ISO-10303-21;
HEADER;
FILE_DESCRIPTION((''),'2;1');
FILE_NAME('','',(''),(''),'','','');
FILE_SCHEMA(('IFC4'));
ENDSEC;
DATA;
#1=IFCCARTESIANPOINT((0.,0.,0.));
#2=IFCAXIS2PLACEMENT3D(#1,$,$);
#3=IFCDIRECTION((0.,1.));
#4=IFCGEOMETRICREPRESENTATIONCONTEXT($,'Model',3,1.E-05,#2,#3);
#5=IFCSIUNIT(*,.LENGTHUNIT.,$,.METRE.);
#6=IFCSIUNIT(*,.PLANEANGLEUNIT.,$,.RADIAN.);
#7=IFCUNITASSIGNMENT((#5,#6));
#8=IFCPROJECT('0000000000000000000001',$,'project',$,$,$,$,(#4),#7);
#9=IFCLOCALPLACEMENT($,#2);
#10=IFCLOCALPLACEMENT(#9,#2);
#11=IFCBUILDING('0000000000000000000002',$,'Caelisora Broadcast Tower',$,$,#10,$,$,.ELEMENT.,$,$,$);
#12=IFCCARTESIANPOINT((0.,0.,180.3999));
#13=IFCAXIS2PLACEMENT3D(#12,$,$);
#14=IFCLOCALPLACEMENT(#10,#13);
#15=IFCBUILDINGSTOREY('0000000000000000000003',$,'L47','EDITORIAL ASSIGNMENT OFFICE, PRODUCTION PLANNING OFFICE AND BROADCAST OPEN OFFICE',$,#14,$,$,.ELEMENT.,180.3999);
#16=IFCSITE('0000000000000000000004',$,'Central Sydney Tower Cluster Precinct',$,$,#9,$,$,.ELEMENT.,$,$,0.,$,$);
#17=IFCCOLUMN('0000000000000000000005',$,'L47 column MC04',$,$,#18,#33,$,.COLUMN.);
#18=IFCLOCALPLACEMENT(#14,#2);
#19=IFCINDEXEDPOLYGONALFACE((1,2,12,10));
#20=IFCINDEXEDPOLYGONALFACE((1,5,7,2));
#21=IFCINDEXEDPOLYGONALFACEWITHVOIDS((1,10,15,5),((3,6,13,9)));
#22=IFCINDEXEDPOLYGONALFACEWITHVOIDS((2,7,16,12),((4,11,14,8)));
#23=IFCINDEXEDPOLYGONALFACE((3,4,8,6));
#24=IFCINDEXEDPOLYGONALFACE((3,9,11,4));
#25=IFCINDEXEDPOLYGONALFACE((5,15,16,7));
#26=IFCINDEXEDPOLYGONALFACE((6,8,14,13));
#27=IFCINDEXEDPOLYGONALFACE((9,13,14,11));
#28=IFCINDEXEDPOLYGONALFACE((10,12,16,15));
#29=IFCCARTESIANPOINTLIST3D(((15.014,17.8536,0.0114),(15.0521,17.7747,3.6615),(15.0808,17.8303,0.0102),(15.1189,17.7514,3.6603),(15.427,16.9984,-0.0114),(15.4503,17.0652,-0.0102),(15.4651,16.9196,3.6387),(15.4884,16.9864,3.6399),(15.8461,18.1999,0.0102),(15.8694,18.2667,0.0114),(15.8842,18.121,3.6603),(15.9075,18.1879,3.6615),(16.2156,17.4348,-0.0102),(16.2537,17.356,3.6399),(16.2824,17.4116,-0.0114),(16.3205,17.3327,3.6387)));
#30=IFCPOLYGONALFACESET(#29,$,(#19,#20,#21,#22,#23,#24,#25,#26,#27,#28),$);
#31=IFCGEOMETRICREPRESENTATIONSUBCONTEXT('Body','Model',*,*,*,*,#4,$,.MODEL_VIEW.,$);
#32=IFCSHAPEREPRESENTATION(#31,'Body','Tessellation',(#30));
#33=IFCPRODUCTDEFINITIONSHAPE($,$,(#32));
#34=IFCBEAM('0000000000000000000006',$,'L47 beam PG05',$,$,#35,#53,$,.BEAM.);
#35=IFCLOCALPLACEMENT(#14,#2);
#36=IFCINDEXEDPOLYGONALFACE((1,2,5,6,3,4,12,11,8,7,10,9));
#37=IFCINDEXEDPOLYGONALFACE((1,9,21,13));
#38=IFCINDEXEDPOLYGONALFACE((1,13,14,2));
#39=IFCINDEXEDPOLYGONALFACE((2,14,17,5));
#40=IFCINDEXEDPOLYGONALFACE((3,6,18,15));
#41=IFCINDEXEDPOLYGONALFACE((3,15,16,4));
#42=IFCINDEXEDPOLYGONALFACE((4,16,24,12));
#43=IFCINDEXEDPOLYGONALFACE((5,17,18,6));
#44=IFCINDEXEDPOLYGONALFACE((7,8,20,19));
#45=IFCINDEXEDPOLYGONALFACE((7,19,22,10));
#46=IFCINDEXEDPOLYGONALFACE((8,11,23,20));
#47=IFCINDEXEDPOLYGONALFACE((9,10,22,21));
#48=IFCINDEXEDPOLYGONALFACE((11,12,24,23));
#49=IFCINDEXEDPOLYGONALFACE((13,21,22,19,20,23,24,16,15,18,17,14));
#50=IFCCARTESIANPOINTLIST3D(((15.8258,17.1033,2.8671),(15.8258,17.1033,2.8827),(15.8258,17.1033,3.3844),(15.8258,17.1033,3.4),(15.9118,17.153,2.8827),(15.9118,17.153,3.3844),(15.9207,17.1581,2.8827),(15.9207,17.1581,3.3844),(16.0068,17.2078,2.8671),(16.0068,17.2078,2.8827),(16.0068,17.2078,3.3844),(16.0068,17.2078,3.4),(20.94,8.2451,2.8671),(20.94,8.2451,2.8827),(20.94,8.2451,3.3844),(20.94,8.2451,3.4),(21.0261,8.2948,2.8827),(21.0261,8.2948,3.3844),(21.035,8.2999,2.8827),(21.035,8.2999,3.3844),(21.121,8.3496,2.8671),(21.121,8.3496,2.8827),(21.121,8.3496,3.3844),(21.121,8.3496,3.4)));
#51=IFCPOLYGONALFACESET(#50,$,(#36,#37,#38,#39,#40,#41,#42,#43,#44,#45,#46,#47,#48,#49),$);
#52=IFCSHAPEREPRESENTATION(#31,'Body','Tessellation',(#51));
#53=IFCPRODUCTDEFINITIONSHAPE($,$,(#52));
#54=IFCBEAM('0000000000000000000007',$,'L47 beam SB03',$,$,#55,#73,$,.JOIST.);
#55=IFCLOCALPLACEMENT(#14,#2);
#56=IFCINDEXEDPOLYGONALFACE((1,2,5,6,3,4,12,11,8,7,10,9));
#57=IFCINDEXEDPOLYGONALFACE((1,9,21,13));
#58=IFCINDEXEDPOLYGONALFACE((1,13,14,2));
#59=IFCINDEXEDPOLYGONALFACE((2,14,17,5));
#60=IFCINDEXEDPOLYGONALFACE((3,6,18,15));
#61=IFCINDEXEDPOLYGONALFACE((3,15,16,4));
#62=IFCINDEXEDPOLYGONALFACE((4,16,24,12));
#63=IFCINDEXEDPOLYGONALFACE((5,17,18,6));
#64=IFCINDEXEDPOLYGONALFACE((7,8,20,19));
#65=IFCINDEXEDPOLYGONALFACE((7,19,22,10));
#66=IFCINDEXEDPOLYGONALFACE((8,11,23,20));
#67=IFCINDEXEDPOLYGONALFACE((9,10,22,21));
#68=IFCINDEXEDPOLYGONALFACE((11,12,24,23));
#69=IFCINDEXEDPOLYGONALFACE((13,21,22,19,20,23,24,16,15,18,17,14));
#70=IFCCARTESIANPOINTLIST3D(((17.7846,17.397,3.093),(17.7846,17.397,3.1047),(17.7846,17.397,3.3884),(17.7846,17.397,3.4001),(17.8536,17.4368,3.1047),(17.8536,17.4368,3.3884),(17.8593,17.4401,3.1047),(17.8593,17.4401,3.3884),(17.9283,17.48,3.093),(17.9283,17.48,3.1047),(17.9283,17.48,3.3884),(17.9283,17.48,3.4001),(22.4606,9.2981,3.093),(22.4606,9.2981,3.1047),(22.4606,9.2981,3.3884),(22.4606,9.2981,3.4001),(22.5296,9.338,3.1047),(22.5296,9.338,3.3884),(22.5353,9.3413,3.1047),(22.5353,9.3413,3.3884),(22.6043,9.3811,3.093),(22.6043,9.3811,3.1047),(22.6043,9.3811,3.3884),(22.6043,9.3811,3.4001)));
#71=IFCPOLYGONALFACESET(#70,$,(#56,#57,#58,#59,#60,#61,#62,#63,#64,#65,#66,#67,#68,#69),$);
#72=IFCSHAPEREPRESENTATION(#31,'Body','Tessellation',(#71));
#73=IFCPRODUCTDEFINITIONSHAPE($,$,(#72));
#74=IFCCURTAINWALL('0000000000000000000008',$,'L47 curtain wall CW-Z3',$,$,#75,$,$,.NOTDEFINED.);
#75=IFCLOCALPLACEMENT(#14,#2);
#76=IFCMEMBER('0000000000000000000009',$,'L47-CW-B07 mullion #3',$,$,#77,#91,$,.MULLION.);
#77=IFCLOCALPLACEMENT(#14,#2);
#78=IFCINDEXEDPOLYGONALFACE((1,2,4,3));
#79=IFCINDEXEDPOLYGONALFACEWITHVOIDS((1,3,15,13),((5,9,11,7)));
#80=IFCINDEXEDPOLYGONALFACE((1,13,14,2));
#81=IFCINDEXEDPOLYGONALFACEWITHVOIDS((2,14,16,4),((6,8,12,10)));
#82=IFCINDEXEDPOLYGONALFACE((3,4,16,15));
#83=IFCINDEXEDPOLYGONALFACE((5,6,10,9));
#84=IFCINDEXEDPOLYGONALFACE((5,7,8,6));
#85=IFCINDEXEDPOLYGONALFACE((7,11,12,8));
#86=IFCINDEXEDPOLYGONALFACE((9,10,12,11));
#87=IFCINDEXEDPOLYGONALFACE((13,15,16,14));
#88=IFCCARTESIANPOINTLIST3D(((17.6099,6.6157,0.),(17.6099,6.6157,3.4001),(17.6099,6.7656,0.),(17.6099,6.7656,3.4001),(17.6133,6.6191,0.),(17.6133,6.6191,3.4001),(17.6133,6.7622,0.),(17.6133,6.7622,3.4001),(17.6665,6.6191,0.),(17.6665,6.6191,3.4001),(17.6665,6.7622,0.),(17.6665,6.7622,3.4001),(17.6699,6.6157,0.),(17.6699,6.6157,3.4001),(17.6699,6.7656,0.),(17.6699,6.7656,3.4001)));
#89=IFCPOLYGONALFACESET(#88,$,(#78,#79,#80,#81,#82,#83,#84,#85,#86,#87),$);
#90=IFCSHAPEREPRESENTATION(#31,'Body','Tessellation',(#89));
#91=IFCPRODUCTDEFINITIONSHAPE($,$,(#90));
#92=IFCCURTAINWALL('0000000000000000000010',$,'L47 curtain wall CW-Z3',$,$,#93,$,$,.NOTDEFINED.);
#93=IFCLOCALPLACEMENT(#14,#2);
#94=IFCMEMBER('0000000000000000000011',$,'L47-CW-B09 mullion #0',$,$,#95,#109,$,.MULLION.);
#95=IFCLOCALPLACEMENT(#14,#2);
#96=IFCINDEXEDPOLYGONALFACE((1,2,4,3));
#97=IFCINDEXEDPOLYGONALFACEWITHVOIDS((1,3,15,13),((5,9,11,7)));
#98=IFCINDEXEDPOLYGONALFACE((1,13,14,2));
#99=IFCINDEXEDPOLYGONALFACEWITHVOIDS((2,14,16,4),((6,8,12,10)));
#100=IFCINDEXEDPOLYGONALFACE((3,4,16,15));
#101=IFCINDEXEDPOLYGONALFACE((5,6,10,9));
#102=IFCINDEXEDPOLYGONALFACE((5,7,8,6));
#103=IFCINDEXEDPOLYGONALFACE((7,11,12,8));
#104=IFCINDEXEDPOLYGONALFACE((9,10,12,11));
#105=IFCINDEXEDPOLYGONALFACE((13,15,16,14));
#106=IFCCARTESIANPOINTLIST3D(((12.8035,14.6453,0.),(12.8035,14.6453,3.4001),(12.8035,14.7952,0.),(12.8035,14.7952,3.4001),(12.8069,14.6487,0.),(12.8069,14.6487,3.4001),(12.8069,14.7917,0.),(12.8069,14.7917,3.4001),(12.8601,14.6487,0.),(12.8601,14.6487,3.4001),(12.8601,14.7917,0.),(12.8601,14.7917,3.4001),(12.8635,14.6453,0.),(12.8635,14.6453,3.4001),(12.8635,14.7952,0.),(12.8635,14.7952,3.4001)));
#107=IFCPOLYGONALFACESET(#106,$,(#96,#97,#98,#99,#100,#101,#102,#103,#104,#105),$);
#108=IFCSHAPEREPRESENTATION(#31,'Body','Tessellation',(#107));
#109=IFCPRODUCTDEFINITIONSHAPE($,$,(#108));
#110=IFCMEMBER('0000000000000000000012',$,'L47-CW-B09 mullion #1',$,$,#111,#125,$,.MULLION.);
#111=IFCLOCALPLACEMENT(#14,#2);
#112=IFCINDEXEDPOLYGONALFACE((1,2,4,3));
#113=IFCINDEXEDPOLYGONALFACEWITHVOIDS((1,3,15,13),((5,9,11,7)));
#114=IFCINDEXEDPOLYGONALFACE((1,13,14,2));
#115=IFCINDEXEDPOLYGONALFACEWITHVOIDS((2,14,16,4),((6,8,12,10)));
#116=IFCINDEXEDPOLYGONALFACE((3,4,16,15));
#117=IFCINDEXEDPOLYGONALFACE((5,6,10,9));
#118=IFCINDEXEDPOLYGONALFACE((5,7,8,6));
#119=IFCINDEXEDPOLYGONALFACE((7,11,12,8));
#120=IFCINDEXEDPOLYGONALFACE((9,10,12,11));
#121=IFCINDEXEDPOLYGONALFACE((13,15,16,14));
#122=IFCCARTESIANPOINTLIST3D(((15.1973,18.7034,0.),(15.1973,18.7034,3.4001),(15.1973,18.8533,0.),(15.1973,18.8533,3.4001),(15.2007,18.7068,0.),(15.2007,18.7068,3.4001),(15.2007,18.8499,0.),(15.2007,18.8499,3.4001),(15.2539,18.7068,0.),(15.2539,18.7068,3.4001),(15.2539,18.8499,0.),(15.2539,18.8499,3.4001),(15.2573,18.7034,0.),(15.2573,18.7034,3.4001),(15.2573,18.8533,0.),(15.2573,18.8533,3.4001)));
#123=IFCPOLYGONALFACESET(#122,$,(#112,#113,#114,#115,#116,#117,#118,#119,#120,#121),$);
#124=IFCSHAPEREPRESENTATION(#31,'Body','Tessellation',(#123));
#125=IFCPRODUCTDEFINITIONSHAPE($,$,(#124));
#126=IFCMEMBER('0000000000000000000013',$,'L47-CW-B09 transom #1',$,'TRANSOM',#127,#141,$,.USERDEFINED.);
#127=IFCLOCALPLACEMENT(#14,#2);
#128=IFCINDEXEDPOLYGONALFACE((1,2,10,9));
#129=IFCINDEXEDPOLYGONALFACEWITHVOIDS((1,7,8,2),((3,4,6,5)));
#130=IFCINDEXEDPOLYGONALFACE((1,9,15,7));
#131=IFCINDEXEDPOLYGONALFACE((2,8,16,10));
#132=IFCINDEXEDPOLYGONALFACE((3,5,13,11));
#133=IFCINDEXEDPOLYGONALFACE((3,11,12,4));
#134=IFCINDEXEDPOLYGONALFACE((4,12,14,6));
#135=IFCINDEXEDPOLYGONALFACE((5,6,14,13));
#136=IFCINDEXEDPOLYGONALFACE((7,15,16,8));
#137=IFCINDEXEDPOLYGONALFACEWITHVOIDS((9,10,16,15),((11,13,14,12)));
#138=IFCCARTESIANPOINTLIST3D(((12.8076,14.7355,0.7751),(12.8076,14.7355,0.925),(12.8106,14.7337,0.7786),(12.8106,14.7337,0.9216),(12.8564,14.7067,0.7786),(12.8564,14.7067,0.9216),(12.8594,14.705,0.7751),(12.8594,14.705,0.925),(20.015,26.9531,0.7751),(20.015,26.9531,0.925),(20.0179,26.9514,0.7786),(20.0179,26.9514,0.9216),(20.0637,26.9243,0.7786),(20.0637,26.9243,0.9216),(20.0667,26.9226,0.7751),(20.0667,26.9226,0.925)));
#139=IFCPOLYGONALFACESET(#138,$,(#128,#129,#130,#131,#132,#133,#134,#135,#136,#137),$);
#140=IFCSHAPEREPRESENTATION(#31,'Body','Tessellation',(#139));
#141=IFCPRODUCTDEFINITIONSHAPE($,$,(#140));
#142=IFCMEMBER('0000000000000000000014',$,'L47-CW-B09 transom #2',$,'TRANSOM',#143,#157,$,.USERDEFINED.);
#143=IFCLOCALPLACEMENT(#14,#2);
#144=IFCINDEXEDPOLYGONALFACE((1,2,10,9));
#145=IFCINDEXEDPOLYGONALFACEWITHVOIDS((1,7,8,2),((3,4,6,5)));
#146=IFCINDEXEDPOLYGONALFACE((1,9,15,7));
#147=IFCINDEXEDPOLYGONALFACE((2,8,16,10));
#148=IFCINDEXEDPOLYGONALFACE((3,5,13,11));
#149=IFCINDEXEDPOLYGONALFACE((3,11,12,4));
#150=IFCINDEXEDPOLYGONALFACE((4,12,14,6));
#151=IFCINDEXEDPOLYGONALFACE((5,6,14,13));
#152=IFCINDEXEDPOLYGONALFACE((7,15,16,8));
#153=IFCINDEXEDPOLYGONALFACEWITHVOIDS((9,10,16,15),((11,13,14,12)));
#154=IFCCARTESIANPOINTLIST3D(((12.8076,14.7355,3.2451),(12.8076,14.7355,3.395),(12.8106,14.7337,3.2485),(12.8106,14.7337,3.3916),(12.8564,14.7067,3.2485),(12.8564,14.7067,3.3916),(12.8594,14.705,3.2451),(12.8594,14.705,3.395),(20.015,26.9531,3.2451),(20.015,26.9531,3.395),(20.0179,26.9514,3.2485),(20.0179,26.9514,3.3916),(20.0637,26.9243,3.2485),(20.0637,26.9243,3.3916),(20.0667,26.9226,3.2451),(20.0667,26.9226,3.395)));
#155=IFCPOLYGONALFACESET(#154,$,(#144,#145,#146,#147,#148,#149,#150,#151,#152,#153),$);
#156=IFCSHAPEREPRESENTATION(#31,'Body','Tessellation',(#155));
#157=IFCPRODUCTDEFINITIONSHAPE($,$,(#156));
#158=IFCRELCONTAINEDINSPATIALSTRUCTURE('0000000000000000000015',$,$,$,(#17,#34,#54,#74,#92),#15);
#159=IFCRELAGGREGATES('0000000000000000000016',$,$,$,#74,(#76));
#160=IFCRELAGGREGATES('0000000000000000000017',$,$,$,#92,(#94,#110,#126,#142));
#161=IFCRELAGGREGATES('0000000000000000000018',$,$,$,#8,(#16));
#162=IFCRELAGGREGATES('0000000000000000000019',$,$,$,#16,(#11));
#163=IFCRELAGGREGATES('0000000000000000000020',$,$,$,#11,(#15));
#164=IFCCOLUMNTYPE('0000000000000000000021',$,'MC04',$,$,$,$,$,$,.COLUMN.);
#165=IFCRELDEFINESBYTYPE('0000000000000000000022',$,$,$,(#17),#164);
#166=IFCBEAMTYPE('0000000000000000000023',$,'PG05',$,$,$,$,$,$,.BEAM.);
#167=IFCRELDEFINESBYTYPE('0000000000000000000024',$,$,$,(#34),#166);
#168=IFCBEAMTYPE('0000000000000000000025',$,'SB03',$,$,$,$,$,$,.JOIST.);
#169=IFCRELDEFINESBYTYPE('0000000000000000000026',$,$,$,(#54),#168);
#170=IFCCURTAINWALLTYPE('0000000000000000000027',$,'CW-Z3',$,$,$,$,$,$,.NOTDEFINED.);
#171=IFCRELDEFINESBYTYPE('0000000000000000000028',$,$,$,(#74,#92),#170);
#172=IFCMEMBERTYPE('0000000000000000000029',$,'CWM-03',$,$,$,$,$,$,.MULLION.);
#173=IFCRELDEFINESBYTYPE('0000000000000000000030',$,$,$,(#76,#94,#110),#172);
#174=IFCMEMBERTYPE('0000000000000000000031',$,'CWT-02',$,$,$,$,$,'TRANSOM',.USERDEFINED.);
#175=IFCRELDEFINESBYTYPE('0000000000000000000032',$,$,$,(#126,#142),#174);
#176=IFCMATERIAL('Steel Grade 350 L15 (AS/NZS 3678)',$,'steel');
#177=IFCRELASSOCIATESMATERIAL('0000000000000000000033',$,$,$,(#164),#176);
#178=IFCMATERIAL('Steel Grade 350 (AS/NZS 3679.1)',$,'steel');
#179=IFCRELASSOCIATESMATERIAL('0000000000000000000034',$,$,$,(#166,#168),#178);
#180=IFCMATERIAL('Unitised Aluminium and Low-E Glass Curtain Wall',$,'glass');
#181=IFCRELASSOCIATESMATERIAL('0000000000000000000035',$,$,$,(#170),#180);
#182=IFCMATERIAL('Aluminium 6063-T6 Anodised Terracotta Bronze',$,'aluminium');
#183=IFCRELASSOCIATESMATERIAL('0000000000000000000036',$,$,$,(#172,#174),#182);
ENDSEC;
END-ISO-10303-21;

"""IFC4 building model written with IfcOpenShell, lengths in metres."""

from ifc_helpers import new_model, si_unit, direction, frame, origin, origin_2d, place, context, subcontext, project, spatial, hollow_rectangle, i_section, extrude, source, transform, mapped, material, material_profile, profile_set, type_object, type_shapes, element, aggregate, save


model = new_model("IFC4")

# Units and contexts
model_context = context("Model", 3, precision=1e-05, world=origin(), true_north=direction((0.0, 1.0)))
body_context = subcontext(model_context, "Body", "Model", "MODEL_VIEW")
ifc_project = project(units=[si_unit("LENGTHUNIT", "METRE"), si_unit("PLANEANGLEUNIT", "RADIAN")], contexts=[model_context])

# Site, building, storey
site_placement = place(None, origin())
site = spatial("IfcSite", under=ifc_project, at=site_placement, Name="Central Sydney Tower Cluster Precinct", CompositionType="ELEMENT", RefElevation=0.0)
building_placement = place(site_placement, origin())
building = spatial("IfcBuilding", under=site, at=building_placement, Name="Caelisora Broadcast Tower", CompositionType="ELEMENT")
storey_placement = place(building_placement, frame((0.0, 0.0, 180.3999)))
storey = spatial("IfcBuildingStorey", under=building, at=storey_placement, Name="L47", Description="EDITORIAL ASSIGNMENT OFFICE, PRODUCTION PLANNING OFFICE AND BROADCAST OPEN OFFICE", CompositionType="ELEMENT", Elevation=180.3999)

# Column
ifc_material_1 = material(Name="Steel Grade 350 L15 (AS/NZS 3678)", Category="steel")
ifc_material_profile_1 = material_profile(ifc_material_1, hollow_rectangle(XDim=0.95, YDim=0.95, WallThickness=0.05, at=origin_2d()), Name="Steel Grade 350 L15 (AS/NZS 3678)")
ifc_profile_set_1 = profile_set([ifc_material_profile_1], Name="Steel Grade 350 L15 (AS/NZS 3678)")
column_type = type_object("IfcColumnType", Name="MC04", PredefinedType="COLUMN", material=ifc_profile_set_1)
shared_shape_1 = source(origin(), body_context, "Body", "SweptSolid", [
    extrude(hollow_rectangle(XDim=0.95, YDim=0.95, WallThickness=0.05, at=origin_2d()), origin(), (0.0, 0.0, 1.0), 3.6511),
])
type_shapes(column_type, [shared_shape_1])
column_placement = place(storey_placement, frame((15.6482, 17.6326, 0.0), z_axis=(0.010431, -0.021598, 0.999712), x_axis=(0.900476, 0.434905, 0.0)))
element("IfcColumn", 1, at=column_placement, inside=storey, type_object=column_type, Name="L47 column MC04", PredefinedType="COLUMN", context=body_context, shape_type="MappedRepresentation", body=[
    mapped(shared_shape_1, transform((0.0, 0.0, 0.0), scale=1.0)),
])

# Beams
ifc_material_2 = material(Name="Steel Grade 350 (AS/NZS 3679.1)", Category="steel")
ifc_material_profile_2 = material_profile(ifc_material_2, i_section(OverallWidth=0.209, OverallDepth=0.533, WebThickness=0.0103, FlangeThickness=0.0156, at=origin_2d()), Name="Steel Grade 350 (AS/NZS 3679.1)")
ifc_profile_set_2 = profile_set([ifc_material_profile_2], Name="Steel Grade 350 (AS/NZS 3679.1)")
beam_type_1 = type_object("IfcBeamType", Name="PG05", PredefinedType="BEAM", material=ifc_profile_set_2)
shared_shape_2 = source(origin(), body_context, "Body", "SweptSolid", [
    extrude(i_section(OverallWidth=0.209, OverallDepth=0.533, WebThickness=0.0103, FlangeThickness=0.0156, at=origin_2d()), origin(), (0.0, 0.0, 1.0), 10.2285),
])
type_shapes(beam_type_1, [shared_shape_2])
beam_1_placement = place(storey_placement, frame((15.9163, 17.1555, 3.1335), z_axis=(0.5, -0.866025, 0.0), x_axis=(0.866025, 0.5, 0.0)))
element("IfcBeam", 2, at=beam_1_placement, inside=storey, type_object=beam_type_1, Name="L47 beam PG05", PredefinedType="BEAM", context=body_context, shape_type="MappedRepresentation", body=[
    mapped(shared_shape_2, transform((0.0, 0.0, 0.0), scale=1.0)),
])
ifc_material_profile_3 = material_profile(ifc_material_2, i_section(OverallWidth=0.166, OverallDepth=0.3071, WebThickness=0.0066, FlangeThickness=0.0117, at=origin_2d()), Name="Steel Grade 350 (AS/NZS 3679.1)")
ifc_profile_set_3 = profile_set([ifc_material_profile_3], Name="Steel Grade 350 (AS/NZS 3679.1)")
beam_type_2 = type_object("IfcBeamType", Name="SB03", PredefinedType="JOIST", material=ifc_profile_set_3)
shared_shape_3 = source(origin(), body_context, "Body", "SweptSolid", [
    extrude(i_section(OverallWidth=0.166, OverallDepth=0.3071, WebThickness=0.0066, FlangeThickness=0.0117, at=origin_2d()), origin(), (0.0, 0.0, 1.0), 9.3518),
])
type_shapes(beam_type_2, [shared_shape_3])
beam_2_placement = place(storey_placement, frame((17.8564, 17.4385, 3.2466), z_axis=(0.500011, -0.866019, 0.0), x_axis=(0.866019, 0.500011, 0.0)))
element("IfcBeam", 3, at=beam_2_placement, inside=storey, type_object=beam_type_2, Name="L47 beam SB03", PredefinedType="JOIST", context=body_context, shape_type="MappedRepresentation", body=[
    mapped(shared_shape_3, transform((0.0, 0.0, 0.0), scale=1.0)),
])

# Curtain wall, member
ifc_material_3 = material(Name="Unitised Aluminium and Low-E Glass Curtain Wall", Category="glass")
curtain_wall_type = type_object("IfcCurtainWallType", Name="CW-Z3", PredefinedType="NOTDEFINED", material=ifc_material_3)
curtain_wall_1_placement = place(storey_placement, origin())
curtain_wall_1 = element("IfcCurtainWall", 4, at=curtain_wall_1_placement, inside=storey, type_object=curtain_wall_type, Name="L47 curtain wall CW-Z3", PredefinedType="NOTDEFINED")
ifc_material_4 = material(Name="Aluminium 6063-T6 Anodised Terracotta Bronze", Category="aluminium")
ifc_material_profile_4 = material_profile(ifc_material_4, hollow_rectangle(XDim=0.0601, YDim=0.1499, WallThickness=0.0034, at=origin_2d()), Name="Aluminium 6063-T6 Anodised Terracotta Bronze")
ifc_profile_set_4 = profile_set([ifc_material_profile_4], Name="Aluminium 6063-T6 Anodised Terracotta Bronze")
member_type_1 = type_object("IfcMemberType", Name="CWM-03", PredefinedType="MULLION", material=ifc_profile_set_4)
shared_shape_4 = source(origin(), body_context, "Body", "SweptSolid", [
    extrude(hollow_rectangle(XDim=0.0601, YDim=0.1499, WallThickness=0.0034, at=origin_2d()), origin(), (0.0, 0.0, 1.0), 3.4001),
])
type_shapes(member_type_1, [shared_shape_4])
member_1_placement = place(storey_placement, frame((17.6399, 6.6907, 0.0), z_axis=(0.0, 0.0, 1.0), x_axis=(1.0, 0.0, 0.0)))
member_1 = element("IfcMember", 5, at=member_1_placement, type_object=member_type_1, Name="L47-CW-B07 mullion #3", PredefinedType="MULLION", context=body_context, shape_type="MappedRepresentation", body=[
    mapped(shared_shape_4, transform((0.0, 0.0, 0.0), scale=1.0)),
])
aggregate(curtain_wall_1, [member_1])

# Curtain wall, members
curtain_wall_2_placement = place(storey_placement, origin())
curtain_wall_2 = element("IfcCurtainWall", 6, at=curtain_wall_2_placement, inside=storey, type_object=curtain_wall_type, Name="L47 curtain wall CW-Z3", PredefinedType="NOTDEFINED")
member_2_placement = place(storey_placement, frame((12.8335, 14.7202, 0.0), z_axis=(0.0, 0.0, 1.0), x_axis=(1.0, 0.0, 0.0)))
member_2 = element("IfcMember", 7, at=member_2_placement, type_object=member_type_1, Name="L47-CW-B09 mullion #0", PredefinedType="MULLION", context=body_context, shape_type="MappedRepresentation", body=[
    mapped(shared_shape_4, transform((0.0, 0.0, 0.0), scale=1.0)),
])
member_3_placement = place(storey_placement, frame((15.2273, 18.7783, 0.0), z_axis=(0.0, 0.0, 1.0), x_axis=(1.0, 0.0, 0.0)))
member_3 = element("IfcMember", 8, at=member_3_placement, type_object=member_type_1, Name="L47-CW-B09 mullion #1", PredefinedType="MULLION", context=body_context, shape_type="MappedRepresentation", body=[
    mapped(shared_shape_4, transform((0.0, 0.0, 0.0), scale=1.0)),
])
ifc_material_profile_5 = material_profile(ifc_material_4, hollow_rectangle(XDim=0.0601, YDim=0.1499, WallThickness=0.0034, at=origin_2d()), Name="Aluminium 6063-T6 Anodised Terracotta Bronze")
ifc_profile_set_5 = profile_set([ifc_material_profile_5], Name="Aluminium 6063-T6 Anodised Terracotta Bronze")
member_type_2 = type_object("IfcMemberType", Name="CWT-02", ElementType="TRANSOM", PredefinedType="USERDEFINED", material=ifc_profile_set_5)
shared_shape_5 = source(origin(), body_context, "Body", "SweptSolid", [
    extrude(hollow_rectangle(XDim=0.0601, YDim=0.1499, WallThickness=0.0034, at=origin_2d()), origin(), (0.0, 0.0, 1.0), 14.1851),
])
type_shapes(member_type_2, [shared_shape_5])
member_4_placement = place(storey_placement, frame((12.8335, 14.7202, 0.8501), z_axis=(0.508093, 0.861302, 0.0), x_axis=(-0.861302, 0.508093, 0.0)))
member_4 = element("IfcMember", 9, at=member_4_placement, type_object=member_type_2, Name="L47-CW-B09 transom #1", ObjectType="TRANSOM", PredefinedType="USERDEFINED", context=body_context, shape_type="MappedRepresentation", body=[
    mapped(shared_shape_5, transform((0.0, 0.0, 0.0), scale=1.0)),
])
member_5_placement = place(storey_placement, frame((12.8335, 14.7202, 3.3201), z_axis=(0.508093, 0.861302, 0.0), x_axis=(-0.861302, 0.508093, 0.0)))
member_5 = element("IfcMember", 10, at=member_5_placement, type_object=member_type_2, Name="L47-CW-B09 transom #2", ObjectType="TRANSOM", PredefinedType="USERDEFINED", context=body_context, shape_type="MappedRepresentation", body=[
    mapped(shared_shape_5, transform((0.0, 0.0, 0.0), scale=1.0)),
])

aggregate(curtain_wall_2, [member_2, member_3, member_4, member_5])

save(model, "model.ifc")
